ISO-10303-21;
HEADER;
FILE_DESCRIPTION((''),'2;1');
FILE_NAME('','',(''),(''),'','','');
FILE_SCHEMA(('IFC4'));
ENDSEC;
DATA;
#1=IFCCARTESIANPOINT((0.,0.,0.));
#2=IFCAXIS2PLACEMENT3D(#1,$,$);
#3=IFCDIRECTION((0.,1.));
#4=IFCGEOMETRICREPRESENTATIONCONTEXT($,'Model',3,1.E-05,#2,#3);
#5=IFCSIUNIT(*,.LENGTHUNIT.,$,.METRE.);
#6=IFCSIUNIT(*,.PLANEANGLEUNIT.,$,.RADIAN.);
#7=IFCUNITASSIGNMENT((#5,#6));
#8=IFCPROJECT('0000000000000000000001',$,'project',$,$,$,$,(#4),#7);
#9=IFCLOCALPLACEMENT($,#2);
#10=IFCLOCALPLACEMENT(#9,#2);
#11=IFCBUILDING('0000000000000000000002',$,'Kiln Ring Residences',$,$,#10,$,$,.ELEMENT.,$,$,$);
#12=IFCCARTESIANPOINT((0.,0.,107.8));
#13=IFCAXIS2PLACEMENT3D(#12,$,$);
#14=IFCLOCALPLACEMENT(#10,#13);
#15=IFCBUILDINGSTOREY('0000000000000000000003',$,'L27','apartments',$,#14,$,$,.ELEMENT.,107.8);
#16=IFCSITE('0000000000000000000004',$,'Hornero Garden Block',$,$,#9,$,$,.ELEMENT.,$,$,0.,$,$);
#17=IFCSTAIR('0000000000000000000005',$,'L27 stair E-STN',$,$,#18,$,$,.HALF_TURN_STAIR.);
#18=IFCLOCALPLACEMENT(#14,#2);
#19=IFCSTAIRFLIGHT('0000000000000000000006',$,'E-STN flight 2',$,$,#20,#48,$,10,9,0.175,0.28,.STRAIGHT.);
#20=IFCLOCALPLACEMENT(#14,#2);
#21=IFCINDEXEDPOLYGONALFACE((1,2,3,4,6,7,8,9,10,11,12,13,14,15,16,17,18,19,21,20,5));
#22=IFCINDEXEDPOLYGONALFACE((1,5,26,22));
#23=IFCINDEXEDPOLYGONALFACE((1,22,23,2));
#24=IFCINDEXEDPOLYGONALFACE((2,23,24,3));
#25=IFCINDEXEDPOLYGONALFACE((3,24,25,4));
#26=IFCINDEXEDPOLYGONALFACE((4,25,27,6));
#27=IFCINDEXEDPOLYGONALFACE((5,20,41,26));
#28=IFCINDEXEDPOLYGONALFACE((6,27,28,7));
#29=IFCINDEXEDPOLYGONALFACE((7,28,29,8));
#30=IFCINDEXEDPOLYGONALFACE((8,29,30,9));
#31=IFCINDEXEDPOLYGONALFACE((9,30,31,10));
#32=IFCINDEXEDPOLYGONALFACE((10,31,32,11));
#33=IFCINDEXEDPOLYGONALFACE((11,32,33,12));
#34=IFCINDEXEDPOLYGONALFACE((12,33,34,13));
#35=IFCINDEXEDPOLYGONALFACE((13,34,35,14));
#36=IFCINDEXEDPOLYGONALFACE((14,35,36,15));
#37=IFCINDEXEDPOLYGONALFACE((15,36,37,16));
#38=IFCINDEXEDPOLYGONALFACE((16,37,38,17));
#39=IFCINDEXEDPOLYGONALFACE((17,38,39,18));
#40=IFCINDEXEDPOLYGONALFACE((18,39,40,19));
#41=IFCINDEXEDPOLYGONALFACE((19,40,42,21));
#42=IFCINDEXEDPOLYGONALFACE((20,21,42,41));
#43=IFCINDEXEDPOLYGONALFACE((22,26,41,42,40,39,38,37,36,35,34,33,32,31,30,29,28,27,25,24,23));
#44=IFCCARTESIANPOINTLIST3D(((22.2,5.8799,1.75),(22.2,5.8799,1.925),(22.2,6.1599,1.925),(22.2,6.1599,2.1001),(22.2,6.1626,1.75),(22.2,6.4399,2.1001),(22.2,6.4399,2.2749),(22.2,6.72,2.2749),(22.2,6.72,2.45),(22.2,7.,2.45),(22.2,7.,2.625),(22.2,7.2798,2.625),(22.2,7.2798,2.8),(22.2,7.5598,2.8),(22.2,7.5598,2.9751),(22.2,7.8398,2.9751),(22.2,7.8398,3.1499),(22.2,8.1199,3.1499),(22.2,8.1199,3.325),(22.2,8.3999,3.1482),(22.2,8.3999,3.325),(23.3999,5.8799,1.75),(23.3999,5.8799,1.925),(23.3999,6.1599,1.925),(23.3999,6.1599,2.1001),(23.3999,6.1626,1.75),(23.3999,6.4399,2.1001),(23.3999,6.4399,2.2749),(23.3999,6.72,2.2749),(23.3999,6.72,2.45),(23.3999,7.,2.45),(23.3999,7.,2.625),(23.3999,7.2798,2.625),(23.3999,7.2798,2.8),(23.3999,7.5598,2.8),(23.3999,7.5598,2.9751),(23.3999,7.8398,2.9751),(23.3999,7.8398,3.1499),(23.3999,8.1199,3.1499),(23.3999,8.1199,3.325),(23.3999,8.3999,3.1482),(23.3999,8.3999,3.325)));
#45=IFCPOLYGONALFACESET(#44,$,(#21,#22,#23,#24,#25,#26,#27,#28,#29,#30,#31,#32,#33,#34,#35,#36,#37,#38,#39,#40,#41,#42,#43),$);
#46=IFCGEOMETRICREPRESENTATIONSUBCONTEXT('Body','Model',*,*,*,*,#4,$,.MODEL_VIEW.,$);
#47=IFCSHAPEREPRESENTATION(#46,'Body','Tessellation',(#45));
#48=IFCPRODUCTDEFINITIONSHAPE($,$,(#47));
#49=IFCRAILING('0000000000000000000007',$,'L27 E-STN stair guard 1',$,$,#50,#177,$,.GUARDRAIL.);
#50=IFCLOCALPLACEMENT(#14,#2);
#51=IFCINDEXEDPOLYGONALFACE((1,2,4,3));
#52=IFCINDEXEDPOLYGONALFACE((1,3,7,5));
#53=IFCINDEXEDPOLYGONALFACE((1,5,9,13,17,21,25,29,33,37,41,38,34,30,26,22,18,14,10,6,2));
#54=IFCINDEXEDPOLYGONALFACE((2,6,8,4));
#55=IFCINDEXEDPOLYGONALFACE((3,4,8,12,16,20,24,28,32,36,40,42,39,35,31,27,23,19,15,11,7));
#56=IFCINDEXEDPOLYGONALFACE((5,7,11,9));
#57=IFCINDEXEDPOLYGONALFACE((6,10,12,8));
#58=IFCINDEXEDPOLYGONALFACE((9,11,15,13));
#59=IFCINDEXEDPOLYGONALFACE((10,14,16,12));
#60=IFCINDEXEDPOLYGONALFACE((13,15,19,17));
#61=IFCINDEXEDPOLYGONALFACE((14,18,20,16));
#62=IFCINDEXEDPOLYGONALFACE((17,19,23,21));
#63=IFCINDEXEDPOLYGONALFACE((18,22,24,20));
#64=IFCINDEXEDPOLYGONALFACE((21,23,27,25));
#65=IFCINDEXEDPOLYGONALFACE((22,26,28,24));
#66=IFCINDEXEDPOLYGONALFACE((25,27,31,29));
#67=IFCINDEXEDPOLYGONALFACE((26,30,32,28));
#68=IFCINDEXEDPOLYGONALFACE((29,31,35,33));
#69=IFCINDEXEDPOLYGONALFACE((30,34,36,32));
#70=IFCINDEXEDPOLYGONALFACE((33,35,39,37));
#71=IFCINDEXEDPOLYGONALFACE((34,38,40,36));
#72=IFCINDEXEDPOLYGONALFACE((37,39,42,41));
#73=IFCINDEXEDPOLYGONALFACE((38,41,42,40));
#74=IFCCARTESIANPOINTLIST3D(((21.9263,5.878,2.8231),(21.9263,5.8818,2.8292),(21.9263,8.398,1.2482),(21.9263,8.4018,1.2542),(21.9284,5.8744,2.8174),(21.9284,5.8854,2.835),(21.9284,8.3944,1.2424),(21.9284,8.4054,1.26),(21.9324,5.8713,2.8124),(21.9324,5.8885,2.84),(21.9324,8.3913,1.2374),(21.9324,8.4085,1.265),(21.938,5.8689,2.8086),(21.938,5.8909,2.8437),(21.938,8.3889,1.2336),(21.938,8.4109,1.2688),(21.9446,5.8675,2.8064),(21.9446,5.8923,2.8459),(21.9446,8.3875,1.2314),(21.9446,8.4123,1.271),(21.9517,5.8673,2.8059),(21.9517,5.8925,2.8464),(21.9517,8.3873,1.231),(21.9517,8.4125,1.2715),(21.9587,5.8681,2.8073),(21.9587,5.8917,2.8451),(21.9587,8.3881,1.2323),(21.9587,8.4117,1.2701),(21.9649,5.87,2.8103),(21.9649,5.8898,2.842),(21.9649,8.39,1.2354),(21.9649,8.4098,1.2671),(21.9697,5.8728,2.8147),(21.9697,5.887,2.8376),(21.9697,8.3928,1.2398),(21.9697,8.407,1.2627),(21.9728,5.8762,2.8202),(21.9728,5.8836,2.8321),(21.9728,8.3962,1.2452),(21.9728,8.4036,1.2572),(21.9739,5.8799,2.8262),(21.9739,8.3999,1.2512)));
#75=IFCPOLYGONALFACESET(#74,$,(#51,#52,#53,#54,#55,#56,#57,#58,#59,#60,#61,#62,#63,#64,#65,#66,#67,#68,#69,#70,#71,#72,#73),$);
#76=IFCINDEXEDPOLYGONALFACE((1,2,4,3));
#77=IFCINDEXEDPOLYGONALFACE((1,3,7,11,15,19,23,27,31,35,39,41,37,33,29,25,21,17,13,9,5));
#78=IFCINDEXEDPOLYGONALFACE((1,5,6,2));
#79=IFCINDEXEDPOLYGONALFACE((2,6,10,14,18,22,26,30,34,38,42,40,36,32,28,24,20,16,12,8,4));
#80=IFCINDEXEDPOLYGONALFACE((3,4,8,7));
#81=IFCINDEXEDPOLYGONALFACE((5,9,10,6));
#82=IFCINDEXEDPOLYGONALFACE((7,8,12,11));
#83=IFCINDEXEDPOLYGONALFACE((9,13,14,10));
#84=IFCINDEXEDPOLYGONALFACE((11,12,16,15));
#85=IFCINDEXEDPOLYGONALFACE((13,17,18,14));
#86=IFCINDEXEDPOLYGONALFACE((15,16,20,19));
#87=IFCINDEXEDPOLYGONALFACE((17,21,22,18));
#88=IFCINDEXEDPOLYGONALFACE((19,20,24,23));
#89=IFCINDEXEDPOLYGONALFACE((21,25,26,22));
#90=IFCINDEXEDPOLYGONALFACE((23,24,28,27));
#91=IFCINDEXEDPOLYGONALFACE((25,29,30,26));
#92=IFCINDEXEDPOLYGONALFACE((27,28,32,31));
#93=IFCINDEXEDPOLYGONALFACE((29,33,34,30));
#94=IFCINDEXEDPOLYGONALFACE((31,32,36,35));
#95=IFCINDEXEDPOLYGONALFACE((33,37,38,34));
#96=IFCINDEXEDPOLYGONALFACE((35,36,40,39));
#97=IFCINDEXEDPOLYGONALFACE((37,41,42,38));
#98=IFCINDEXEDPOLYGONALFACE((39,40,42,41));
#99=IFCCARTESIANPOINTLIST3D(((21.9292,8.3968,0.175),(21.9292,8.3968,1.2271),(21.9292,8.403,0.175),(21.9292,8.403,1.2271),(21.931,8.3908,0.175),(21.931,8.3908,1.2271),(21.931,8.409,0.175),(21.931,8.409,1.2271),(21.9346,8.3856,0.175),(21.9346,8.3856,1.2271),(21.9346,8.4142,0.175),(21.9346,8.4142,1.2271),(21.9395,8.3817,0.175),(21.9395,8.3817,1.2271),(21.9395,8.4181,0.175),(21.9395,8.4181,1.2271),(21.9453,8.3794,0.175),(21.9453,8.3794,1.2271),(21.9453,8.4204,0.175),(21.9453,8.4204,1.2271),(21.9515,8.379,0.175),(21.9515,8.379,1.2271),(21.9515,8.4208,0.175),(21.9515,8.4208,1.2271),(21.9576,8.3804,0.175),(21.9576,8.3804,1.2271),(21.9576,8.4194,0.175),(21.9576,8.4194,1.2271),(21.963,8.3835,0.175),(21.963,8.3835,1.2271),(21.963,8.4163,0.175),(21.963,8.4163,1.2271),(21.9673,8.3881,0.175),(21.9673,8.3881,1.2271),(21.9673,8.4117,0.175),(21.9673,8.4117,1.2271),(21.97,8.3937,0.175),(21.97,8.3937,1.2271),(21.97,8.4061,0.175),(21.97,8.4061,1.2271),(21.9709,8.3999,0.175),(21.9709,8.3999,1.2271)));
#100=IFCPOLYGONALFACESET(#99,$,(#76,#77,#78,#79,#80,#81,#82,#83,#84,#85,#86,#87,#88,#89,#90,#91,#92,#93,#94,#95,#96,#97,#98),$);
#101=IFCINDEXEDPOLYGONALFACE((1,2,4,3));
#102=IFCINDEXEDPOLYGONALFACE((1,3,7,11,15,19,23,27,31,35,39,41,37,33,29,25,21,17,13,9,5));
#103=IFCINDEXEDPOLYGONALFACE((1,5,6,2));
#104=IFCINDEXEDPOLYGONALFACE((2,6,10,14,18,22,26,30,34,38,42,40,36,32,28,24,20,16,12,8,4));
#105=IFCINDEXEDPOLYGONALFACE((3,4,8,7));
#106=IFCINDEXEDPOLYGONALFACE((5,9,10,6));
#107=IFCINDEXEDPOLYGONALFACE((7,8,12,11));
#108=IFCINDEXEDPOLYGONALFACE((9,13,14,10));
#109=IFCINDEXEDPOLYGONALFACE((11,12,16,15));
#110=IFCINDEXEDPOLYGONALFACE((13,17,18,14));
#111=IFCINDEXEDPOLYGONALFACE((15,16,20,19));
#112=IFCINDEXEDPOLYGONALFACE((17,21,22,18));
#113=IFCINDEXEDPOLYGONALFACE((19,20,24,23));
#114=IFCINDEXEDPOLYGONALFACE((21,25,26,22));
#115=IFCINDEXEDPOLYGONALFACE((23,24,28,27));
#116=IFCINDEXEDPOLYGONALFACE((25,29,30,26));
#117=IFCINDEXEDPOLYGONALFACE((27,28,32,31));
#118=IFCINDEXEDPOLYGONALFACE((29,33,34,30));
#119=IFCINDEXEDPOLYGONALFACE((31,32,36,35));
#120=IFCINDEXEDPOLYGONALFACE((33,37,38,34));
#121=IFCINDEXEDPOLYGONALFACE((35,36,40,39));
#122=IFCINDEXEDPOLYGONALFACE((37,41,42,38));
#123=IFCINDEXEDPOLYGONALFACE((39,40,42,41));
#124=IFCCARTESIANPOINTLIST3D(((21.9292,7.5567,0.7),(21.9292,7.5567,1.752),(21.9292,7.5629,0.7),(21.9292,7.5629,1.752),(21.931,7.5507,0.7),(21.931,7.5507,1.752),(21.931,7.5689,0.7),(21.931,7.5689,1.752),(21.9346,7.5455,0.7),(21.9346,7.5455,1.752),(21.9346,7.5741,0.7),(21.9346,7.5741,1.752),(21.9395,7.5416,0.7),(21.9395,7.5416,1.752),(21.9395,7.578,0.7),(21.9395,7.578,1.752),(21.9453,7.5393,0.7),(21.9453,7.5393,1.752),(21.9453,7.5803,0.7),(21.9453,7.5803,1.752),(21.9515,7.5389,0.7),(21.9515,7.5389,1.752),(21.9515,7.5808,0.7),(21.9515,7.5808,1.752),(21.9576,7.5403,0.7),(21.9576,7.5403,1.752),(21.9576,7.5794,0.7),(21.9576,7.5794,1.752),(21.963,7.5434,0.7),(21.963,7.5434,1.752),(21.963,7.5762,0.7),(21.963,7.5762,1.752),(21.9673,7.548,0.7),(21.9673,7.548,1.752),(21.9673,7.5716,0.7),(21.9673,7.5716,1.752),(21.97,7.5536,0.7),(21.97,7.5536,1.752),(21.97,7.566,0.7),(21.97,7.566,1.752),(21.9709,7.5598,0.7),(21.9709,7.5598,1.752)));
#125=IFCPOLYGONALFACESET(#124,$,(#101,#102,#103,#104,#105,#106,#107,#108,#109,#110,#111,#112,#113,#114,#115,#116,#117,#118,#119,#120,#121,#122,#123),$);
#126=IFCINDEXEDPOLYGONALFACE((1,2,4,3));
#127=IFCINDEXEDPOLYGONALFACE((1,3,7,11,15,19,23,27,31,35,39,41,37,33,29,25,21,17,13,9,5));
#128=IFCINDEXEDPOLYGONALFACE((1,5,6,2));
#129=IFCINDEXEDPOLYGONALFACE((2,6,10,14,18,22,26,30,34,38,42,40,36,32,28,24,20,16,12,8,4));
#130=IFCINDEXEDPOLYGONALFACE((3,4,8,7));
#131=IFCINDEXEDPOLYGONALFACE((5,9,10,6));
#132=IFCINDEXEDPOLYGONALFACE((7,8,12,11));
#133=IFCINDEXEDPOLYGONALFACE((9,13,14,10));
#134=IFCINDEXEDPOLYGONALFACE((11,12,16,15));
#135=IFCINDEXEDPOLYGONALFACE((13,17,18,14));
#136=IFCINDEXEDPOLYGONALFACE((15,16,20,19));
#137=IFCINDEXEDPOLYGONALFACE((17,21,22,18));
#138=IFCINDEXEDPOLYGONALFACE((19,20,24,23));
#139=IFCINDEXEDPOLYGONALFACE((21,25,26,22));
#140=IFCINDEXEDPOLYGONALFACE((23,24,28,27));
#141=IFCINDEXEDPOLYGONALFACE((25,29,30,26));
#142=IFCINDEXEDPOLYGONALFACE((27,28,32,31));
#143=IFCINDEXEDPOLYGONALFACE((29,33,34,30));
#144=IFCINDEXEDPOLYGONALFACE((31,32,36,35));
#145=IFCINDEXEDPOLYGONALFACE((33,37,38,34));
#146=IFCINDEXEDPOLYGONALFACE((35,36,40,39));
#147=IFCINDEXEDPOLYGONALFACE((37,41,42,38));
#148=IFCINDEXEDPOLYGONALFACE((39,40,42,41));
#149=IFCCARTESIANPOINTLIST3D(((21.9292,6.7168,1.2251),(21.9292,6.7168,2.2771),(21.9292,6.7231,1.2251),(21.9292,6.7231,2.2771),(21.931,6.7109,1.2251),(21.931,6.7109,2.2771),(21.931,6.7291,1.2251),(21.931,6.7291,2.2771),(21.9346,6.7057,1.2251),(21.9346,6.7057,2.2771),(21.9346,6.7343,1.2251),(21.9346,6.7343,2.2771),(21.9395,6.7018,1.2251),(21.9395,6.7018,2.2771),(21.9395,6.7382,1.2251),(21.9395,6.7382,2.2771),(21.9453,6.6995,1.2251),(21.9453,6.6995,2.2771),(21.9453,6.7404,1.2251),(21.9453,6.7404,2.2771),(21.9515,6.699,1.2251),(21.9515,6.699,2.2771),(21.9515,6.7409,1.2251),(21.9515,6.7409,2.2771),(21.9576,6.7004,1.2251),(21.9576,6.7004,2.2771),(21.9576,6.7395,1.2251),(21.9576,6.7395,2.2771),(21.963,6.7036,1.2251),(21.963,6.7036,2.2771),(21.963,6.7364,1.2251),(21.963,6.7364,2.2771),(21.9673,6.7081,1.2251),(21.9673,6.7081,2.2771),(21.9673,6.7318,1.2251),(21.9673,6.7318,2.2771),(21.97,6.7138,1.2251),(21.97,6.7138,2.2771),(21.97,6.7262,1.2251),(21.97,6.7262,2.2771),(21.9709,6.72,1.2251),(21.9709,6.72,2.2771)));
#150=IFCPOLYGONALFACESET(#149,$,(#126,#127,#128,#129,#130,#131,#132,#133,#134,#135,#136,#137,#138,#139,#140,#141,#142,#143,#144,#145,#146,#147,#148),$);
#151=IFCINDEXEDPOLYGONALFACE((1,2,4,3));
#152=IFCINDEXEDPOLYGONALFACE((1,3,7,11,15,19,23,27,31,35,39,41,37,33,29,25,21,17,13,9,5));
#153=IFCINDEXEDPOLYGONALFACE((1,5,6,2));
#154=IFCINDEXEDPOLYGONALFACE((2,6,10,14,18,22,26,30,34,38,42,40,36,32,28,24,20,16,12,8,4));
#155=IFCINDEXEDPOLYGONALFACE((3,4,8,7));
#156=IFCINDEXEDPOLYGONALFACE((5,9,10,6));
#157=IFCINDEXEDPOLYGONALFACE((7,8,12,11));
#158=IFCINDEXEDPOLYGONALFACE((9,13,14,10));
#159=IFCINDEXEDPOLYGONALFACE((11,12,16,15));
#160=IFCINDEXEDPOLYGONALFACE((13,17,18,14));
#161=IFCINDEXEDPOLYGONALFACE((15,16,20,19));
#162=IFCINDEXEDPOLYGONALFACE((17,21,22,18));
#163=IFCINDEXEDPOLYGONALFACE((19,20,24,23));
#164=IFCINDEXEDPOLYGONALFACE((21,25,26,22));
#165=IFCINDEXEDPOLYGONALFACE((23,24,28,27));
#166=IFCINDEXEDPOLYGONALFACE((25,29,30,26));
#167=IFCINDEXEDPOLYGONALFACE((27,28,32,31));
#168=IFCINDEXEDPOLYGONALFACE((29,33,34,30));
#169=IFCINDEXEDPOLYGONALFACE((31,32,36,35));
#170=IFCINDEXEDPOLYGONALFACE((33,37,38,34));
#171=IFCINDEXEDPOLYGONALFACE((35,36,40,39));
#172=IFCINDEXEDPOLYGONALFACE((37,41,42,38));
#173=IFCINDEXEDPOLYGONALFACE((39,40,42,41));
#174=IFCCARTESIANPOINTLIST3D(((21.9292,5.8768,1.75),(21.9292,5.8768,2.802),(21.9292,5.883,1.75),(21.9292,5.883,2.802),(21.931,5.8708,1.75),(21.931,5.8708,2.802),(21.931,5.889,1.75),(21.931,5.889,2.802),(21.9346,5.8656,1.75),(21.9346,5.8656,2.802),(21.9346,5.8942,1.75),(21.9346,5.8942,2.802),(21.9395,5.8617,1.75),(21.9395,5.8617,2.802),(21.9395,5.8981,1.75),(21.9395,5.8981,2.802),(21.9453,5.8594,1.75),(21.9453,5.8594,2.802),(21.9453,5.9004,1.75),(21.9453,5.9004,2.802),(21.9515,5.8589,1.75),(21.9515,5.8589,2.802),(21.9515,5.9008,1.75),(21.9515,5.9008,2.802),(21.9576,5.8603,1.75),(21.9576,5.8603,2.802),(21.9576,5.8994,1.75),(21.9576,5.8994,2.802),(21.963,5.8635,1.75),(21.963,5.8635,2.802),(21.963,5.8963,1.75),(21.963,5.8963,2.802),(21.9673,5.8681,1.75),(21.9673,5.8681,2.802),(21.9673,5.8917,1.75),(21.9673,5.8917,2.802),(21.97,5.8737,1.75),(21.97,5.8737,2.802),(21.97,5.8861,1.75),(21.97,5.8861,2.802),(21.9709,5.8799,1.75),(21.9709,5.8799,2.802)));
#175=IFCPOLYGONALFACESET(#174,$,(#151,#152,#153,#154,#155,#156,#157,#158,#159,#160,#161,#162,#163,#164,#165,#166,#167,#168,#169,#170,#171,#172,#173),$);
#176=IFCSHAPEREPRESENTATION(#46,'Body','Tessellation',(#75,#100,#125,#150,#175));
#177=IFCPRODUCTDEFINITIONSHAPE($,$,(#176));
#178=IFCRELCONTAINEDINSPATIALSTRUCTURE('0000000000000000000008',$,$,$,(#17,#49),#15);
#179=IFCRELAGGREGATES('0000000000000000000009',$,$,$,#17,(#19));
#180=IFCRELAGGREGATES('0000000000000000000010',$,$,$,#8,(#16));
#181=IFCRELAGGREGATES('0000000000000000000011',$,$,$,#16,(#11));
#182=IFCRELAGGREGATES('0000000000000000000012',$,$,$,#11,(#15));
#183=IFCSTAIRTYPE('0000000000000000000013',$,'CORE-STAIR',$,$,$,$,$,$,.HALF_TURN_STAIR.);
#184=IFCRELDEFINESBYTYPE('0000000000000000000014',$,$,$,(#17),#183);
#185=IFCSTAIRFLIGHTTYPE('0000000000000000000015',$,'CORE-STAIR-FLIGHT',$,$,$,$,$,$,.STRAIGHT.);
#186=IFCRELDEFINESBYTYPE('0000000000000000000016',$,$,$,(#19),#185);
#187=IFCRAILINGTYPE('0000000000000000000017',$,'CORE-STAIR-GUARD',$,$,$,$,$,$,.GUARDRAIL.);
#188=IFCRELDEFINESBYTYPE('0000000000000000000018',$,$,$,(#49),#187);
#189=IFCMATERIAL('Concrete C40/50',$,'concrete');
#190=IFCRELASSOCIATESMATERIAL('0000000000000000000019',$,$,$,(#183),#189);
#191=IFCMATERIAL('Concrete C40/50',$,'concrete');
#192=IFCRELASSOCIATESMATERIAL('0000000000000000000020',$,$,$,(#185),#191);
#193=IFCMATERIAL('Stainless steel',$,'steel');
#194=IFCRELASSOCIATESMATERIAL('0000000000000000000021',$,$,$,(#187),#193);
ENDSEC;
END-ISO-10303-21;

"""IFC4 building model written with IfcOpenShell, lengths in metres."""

from ifc_helpers import new_model, si_unit, direction, frame, origin, origin_2d, place, context, subcontext, project, spatial, polyline, circle, outline, extrude, material, type_object, element, aggregate, save


model = new_model("IFC4")

# Units and contexts
model_context = context("Model", 3, precision=1e-05, world=origin(), true_north=direction((0.0, 1.0)))
body_context = subcontext(model_context, "Body", "Model", "MODEL_VIEW")
ifc_project = project(units=[si_unit("LENGTHUNIT", "METRE"), si_unit("PLANEANGLEUNIT", "RADIAN")], contexts=[model_context])

# Site, building, storey
site_placement = place(None, origin())
site = spatial("IfcSite", under=ifc_project, at=site_placement, Name="Hornero Garden Block", CompositionType="ELEMENT", RefElevation=0.0)
building_placement = place(site_placement, origin())
building = spatial("IfcBuilding", under=site, at=building_placement, Name="Kiln Ring Residences", CompositionType="ELEMENT")
storey_placement = place(building_placement, frame((0.0, 0.0, 107.8)))
storey = spatial("IfcBuildingStorey", under=building, at=storey_placement, Name="L27", Description="apartments", CompositionType="ELEMENT", Elevation=107.8)

# Stair, stair flight
ifc_material_1 = material(Name="Concrete C40/50", Category="concrete")
stair_type = type_object("IfcStairType", Name="CORE-STAIR", PredefinedType="HALF_TURN_STAIR", material=ifc_material_1)
stair_placement = place(storey_placement, origin())
stair = element("IfcStair", 1, at=stair_placement, inside=storey, type_object=stair_type, Name="L27 stair E-STN", PredefinedType="HALF_TURN_STAIR")
ifc_material_2 = material(Name="Concrete C40/50", Category="concrete")
stair_flight_type = type_object("IfcStairFlightType", Name="CORE-STAIR-FLIGHT", PredefinedType="STRAIGHT", material=ifc_material_2)
stair_flight_1_placement = place(storey_placement, frame((22.8, 5.8799, 1.75), z_axis=(0.0, 0.0, 1.0), x_axis=(0.0, 1.0, 0.0)))
stair_flight_1 = element("IfcStairFlight", 2, at=stair_flight_1_placement, type_object=stair_flight_type, Name="E-STN flight 2", NumberOfRisers=10, NumberOfTreads=9, PredefinedType="STRAIGHT", RiserHeight=0.175, TreadLength=0.28, context=body_context, shape_type="SweptSolid", body=[
    extrude(outline(polyline([(0.0, 0.0), (0.0, 0.175), (0.28, 0.175), (0.28, 0.3501), (0.5601, 0.3501), (0.5601, 0.5249), (0.8401, 0.5249), (0.8401, 0.7), (1.1201, 0.7), (1.1201, 0.875), (1.3999, 0.875), (1.3999, 1.05), (1.6799, 1.05), (1.6799, 1.2251), (1.96, 1.2251), (1.96, 1.3999), (2.24, 1.3999), (2.24, 1.575), (2.52, 1.575), (2.52, 1.75), (2.52, 1.3982), (0.2827, 0.0), (0.0, 0.0)])), frame((0.0, 0.6001, 0.0), z_axis=(0.0, -1.0, 0.0), x_axis=(1.0, 0.0, 0.0)), (0.0, 0.0, 1.0), 1.2),
])
aggregate(stair, [stair_flight_1])

# Railing
ifc_material_3 = material(Name="Stainless steel", Category="steel")
railing_type_1 = type_object("IfcRailingType", Name="CORE-STAIR-GUARD", PredefinedType="GUARDRAIL", material=ifc_material_3)
railing_1_placement = place(storey_placement, frame((21.95, 8.3999, 0.175)))
element("IfcRailing", 3, at=railing_1_placement, inside=storey, type_object=railing_type_1, Name="L27 E-STN stair guard 1", PredefinedType="GUARDRAIL", context=body_context, shape_type="SweptSolid", body=[
    extrude(circle(Radius=0.0239, at=origin_2d()), frame((0.0, 0.0, 1.0762), z_axis=(0.0, -0.848008, 0.529984), x_axis=(1.0, 0.0, 0.0)), (0.0, 0.0, 1.0), 2.9717),
    extrude(circle(Radius=0.021, at=origin_2d()), origin(), (0.0, 0.0, 1.0), 1.052),
    extrude(circle(Radius=0.021, at=origin_2d()), frame((0.0, -0.8401, 0.5249)), (0.0, 0.0, 1.0), 1.052),
    extrude(circle(Radius=0.021, at=origin_2d()), frame((0.0, -1.6799, 1.05)), (0.0, 0.0, 1.0), 1.052),
    extrude(circle(Radius=0.021, at=origin_2d()), frame((0.0, -2.52, 1.575)), (0.0, 0.0, 1.0), 1.052),
])

save(model, "model.ifc")
